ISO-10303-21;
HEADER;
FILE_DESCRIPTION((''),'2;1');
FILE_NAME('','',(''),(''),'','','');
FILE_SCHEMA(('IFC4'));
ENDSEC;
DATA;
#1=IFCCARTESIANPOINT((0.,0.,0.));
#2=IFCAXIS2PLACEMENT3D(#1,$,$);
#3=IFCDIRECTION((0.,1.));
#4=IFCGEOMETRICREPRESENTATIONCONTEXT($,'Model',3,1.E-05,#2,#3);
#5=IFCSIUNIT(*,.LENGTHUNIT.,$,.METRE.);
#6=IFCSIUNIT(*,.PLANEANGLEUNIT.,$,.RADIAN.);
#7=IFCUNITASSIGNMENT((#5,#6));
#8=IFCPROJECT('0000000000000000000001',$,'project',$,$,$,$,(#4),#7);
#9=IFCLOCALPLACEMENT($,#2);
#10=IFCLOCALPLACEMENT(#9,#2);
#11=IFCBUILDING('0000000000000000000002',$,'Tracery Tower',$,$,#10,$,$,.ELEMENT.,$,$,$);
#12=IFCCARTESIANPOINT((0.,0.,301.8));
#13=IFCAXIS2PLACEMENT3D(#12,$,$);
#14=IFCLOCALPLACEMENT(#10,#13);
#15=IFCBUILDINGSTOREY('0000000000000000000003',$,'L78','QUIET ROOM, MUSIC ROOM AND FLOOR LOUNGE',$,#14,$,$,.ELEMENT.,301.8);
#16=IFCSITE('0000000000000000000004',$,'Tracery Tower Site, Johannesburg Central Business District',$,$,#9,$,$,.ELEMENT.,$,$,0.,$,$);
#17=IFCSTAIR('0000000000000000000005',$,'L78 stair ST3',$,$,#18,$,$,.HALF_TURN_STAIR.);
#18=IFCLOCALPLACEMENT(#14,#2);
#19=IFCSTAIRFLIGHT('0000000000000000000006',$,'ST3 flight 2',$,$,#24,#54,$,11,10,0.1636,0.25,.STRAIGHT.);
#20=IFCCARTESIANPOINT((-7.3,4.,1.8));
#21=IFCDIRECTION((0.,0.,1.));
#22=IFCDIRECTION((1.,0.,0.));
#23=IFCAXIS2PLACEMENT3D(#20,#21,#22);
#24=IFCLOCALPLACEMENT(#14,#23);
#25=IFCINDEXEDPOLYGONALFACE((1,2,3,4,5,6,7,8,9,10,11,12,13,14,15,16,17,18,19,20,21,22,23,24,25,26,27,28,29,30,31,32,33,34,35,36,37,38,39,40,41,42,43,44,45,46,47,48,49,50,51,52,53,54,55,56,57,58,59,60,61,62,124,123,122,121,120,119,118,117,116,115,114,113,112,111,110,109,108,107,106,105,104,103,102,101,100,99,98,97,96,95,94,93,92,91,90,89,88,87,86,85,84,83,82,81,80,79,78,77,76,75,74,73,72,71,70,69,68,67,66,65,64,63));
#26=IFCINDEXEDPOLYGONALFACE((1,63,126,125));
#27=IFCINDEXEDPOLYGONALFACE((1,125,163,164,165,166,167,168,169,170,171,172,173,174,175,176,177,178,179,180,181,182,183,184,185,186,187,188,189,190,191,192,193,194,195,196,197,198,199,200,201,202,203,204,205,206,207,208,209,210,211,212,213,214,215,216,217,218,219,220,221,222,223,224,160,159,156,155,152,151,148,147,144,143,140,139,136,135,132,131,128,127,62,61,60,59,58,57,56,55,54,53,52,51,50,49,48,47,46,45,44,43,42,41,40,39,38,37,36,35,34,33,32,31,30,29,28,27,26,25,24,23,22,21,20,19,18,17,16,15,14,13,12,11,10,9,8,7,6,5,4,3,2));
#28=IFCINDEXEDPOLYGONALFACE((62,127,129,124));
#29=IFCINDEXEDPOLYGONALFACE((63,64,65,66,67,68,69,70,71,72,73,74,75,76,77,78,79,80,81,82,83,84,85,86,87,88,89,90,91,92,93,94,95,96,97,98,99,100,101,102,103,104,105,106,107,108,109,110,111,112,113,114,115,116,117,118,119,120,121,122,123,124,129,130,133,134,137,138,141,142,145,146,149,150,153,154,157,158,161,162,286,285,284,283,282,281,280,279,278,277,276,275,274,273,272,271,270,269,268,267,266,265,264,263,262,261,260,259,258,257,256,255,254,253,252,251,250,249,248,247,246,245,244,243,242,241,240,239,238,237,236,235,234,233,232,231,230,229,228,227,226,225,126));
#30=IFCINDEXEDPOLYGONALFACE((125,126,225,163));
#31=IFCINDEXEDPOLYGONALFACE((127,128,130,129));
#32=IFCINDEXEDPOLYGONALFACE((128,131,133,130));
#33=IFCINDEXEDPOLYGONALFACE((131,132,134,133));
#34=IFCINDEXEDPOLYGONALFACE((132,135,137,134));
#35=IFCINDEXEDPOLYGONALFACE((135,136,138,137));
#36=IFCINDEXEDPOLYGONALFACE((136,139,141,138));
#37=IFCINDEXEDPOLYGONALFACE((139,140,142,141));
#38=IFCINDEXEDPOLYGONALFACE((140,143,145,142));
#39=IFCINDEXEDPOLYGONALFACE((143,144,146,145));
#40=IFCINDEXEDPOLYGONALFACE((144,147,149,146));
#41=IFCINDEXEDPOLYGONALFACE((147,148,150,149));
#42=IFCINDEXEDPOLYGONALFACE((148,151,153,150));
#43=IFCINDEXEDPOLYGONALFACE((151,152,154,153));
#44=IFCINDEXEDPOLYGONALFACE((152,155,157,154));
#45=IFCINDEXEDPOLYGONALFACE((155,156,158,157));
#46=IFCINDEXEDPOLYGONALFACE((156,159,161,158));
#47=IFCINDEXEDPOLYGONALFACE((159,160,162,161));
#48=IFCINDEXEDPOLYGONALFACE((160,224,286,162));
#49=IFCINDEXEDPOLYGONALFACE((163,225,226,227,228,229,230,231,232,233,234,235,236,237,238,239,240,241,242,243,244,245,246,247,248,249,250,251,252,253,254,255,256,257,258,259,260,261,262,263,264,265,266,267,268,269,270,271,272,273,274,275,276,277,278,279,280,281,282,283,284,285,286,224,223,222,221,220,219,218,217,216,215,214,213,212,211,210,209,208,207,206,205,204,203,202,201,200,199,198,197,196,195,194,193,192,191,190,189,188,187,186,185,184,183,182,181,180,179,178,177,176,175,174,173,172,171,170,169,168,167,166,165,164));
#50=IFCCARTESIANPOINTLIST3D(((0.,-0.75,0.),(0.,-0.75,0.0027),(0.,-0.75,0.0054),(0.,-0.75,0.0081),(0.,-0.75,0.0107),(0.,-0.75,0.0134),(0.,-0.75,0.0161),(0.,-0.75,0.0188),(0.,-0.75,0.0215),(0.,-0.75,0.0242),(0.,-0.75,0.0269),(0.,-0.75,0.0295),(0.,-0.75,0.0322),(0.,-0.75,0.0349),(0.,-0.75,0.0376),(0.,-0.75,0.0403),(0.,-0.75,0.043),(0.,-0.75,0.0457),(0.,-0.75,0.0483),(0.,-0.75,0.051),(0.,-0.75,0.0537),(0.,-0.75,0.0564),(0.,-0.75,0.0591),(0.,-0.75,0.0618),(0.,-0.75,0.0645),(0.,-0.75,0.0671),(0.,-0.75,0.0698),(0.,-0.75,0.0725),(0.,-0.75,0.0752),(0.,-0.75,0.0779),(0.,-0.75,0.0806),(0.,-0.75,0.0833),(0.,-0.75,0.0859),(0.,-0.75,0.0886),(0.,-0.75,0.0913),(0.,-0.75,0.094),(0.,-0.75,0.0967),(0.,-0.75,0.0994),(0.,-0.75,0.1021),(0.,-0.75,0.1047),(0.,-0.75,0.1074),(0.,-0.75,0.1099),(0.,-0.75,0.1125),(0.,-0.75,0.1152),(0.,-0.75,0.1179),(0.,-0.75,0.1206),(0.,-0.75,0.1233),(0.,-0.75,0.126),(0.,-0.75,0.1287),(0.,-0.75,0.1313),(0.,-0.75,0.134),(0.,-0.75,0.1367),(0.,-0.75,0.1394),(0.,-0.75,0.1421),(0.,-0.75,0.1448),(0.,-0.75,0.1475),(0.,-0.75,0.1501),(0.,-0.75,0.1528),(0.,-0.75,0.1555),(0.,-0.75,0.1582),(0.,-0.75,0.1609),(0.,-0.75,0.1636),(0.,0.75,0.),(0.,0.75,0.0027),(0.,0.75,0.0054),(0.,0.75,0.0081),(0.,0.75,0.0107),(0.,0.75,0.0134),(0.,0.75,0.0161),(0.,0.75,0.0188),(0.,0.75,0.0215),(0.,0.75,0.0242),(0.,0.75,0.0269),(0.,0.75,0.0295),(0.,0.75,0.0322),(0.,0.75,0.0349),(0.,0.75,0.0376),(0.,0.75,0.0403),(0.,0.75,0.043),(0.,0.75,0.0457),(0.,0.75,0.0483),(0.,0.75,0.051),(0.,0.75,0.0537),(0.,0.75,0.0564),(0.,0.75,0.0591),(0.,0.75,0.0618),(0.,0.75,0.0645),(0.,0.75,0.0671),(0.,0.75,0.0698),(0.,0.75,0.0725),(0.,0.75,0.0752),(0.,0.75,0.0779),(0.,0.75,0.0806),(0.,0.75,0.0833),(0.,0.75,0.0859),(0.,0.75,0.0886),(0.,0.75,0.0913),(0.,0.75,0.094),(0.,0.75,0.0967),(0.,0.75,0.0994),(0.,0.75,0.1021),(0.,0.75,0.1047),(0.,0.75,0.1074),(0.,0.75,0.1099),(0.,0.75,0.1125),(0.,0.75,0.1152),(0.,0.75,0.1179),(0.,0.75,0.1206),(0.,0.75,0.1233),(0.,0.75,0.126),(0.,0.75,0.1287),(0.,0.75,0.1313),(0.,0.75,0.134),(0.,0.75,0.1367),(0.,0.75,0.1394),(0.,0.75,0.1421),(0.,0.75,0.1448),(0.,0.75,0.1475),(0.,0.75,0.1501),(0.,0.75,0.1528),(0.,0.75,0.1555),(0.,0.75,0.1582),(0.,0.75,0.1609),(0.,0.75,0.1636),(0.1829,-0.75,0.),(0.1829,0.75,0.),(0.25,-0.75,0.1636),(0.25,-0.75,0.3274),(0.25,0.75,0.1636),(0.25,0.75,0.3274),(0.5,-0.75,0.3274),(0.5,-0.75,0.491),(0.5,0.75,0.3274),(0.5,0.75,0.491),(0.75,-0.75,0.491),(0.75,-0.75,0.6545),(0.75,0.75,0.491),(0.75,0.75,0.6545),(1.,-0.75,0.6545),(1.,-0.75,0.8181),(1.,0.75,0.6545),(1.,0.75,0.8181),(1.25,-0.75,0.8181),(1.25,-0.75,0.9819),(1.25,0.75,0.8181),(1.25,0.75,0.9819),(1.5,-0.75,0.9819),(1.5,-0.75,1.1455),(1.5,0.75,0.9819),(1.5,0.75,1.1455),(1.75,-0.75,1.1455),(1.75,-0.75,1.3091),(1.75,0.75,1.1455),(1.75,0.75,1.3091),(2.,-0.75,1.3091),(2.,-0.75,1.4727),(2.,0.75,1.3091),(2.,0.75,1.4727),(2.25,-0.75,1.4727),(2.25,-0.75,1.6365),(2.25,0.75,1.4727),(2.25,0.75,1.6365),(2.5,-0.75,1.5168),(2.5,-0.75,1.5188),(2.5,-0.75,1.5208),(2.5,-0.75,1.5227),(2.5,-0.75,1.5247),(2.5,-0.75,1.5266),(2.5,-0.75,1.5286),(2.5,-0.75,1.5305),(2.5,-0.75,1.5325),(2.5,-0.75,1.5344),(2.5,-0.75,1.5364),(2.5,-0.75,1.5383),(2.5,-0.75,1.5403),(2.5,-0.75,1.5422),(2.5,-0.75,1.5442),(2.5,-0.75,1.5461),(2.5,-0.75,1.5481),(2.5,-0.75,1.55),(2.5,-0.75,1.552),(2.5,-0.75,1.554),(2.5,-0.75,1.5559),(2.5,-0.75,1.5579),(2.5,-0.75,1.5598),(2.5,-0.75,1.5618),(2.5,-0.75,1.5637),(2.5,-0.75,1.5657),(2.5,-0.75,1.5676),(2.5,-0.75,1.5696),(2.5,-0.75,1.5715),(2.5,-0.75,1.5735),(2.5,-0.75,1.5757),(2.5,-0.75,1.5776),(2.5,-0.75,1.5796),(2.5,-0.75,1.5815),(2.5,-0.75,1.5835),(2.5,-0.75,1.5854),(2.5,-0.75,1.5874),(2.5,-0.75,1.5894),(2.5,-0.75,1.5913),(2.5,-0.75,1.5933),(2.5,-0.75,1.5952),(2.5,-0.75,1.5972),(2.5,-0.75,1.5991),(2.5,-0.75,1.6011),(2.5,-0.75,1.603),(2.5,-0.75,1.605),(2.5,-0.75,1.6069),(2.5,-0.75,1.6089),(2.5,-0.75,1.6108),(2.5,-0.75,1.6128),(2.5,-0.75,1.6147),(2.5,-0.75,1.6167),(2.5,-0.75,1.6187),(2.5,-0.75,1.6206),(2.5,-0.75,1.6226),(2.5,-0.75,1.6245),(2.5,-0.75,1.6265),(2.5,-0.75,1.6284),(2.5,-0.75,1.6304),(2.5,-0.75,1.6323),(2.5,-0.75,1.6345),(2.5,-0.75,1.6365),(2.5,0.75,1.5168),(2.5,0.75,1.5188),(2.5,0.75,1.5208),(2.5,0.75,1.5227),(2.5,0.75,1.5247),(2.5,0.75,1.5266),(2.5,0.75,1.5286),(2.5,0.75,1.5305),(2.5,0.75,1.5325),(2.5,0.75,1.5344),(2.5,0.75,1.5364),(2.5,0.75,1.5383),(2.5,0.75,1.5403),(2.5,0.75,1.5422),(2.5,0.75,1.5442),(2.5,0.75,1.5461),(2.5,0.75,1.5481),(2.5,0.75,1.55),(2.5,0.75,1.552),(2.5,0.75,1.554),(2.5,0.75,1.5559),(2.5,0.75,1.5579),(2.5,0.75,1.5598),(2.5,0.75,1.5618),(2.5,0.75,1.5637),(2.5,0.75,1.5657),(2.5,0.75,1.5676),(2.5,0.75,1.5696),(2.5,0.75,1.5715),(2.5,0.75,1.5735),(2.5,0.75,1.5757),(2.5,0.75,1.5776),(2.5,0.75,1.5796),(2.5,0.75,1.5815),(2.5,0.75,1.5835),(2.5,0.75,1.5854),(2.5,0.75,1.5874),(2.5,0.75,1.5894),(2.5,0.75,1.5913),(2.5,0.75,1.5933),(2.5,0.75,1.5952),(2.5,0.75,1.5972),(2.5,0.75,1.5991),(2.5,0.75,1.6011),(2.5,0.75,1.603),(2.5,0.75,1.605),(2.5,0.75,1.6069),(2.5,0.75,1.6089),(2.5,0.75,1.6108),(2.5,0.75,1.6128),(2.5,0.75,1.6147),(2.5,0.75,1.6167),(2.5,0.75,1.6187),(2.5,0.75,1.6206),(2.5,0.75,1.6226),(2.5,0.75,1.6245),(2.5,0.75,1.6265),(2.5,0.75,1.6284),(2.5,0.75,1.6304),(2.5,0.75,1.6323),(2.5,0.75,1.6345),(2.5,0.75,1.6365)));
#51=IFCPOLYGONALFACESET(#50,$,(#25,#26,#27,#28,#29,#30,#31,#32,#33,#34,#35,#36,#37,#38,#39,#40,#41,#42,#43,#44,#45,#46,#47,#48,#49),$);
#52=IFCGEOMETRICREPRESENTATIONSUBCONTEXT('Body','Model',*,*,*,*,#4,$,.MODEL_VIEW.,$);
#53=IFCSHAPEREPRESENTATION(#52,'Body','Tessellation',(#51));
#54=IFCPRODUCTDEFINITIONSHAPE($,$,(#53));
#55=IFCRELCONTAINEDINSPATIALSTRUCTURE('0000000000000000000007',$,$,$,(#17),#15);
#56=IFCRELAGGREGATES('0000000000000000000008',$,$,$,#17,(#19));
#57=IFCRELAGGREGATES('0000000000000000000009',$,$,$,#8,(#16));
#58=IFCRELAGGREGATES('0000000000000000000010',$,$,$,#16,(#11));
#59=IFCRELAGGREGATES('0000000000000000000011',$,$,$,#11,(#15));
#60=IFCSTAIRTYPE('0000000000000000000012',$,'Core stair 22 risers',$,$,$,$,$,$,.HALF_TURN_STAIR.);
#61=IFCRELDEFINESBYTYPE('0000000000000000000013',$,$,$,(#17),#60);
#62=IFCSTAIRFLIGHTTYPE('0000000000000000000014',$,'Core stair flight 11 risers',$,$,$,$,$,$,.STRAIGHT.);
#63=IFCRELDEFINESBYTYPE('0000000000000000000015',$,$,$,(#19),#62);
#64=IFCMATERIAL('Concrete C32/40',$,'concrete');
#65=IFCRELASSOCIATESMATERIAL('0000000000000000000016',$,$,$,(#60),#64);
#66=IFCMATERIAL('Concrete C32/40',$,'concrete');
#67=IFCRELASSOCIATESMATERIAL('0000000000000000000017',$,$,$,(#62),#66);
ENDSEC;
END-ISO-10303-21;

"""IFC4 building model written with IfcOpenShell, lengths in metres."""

from ifc_helpers import new_model, si_unit, direction, frame, origin, place, context, subcontext, project, spatial, polyline, outline, extrude, material, type_object, element, aggregate, save


model = new_model("IFC4")

# Units and contexts
model_context = context("Model", 3, precision=1e-05, world=origin(), true_north=direction((0.0, 1.0)))
body_context = subcontext(model_context, "Body", "Model", "MODEL_VIEW")
ifc_project = project(units=[si_unit("LENGTHUNIT", "METRE"), si_unit("PLANEANGLEUNIT", "RADIAN")], contexts=[model_context])

# Site, building, storey
site_placement = place(None, origin())
site = spatial("IfcSite", under=ifc_project, at=site_placement, Name="Tracery Tower Site, Johannesburg Central Business District", CompositionType="ELEMENT", RefElevation=0.0)
building_placement = place(site_placement, origin())
building = spatial("IfcBuilding", under=site, at=building_placement, Name="Tracery Tower", CompositionType="ELEMENT")
storey_placement = place(building_placement, frame((0.0, 0.0, 301.8)))
storey = spatial("IfcBuildingStorey", under=building, at=storey_placement, Name="L78", Description="QUIET ROOM, MUSIC ROOM AND FLOOR LOUNGE", CompositionType="ELEMENT", Elevation=301.8)

# Stair, stair flight
ifc_material_1 = material(Name="Concrete C32/40", Category="concrete")
stair_type = type_object("IfcStairType", Name="Core stair 22 risers", PredefinedType="HALF_TURN_STAIR", material=ifc_material_1)
stair_placement = place(storey_placement, origin())
stair = element("IfcStair", 1, at=stair_placement, inside=storey, type_object=stair_type, Name="L78 stair ST3", PredefinedType="HALF_TURN_STAIR")
ifc_material_2 = material(Name="Concrete C32/40", Category="concrete")
stair_flight_type = type_object("IfcStairFlightType", Name="Core stair flight 11 risers", PredefinedType="STRAIGHT", material=ifc_material_2)
stair_flight_1_placement = place(storey_placement, frame((-7.3, 4.0, 1.8), z_axis=(0.0, 0.0, 1.0), x_axis=(1.0, 0.0, 0.0)))
stair_flight_1 = element("IfcStairFlight", 2, at=stair_flight_1_placement, type_object=stair_flight_type, Name="ST3 flight 2", NumberOfRisers=11, NumberOfTreads=10, PredefinedType="STRAIGHT", RiserHeight=0.1636, TreadLength=0.25, context=body_context, shape_type="SweptSolid", body=[
    extrude(outline(polyline([(0.0, 0.0), (0.0, 0.0027), (0.0, 0.0054), (0.0, 0.0081), (0.0, 0.0107), (0.0, 0.0134), (0.0, 0.0161), (0.0, 0.0188), (0.0, 0.0215), (0.0, 0.0242), (0.0, 0.0269), (0.0, 0.0295), (0.0, 0.0322), (0.0, 0.0349), (0.0, 0.0376), (0.0, 0.0403), (0.0, 0.043), (0.0, 0.0457), (0.0, 0.0483), (0.0, 0.051), (0.0, 0.0537), (0.0, 0.0564), (0.0, 0.0591), (0.0, 0.0618), (0.0, 0.0645), (0.0, 0.0671), (0.0, 0.0698), (0.0, 0.0725), (0.0, 0.0752), (0.0, 0.0779), (0.0, 0.0806), (0.0, 0.0833), (0.0, 0.0859), (0.0, 0.0886), (0.0, 0.0913), (0.0, 0.094), (0.0, 0.0967), (0.0, 0.0994), (0.0, 0.1021), (0.0, 0.1047), (0.0, 0.1074), (0.0, 0.1099), (0.0, 0.1125), (0.0, 0.1152), (0.0, 0.1179), (0.0, 0.1206), (0.0, 0.1233), (0.0, 0.126), (0.0, 0.1287), (0.0, 0.1313), (0.0, 0.134), (0.0, 0.1367), (0.0, 0.1394), (0.0, 0.1421), (0.0, 0.1448), (0.0, 0.1475), (0.0, 0.1501), (0.0, 0.1528), (0.0, 0.1555), (0.0, 0.1582), (0.0, 0.1609), (0.0, 0.1636), (0.25, 0.1636), (0.25, 0.3274), (0.5, 0.3274), (0.5, 0.491), (0.75, 0.491), (0.75, 0.6545), (1.0, 0.6545), (1.0, 0.8181), (1.25, 0.8181), (1.25, 0.9819), (1.5, 0.9819), (1.5, 1.1455), (1.75, 1.1455), (1.75, 1.3091), (2.0, 1.3091), (2.0, 1.4727), (2.25, 1.4727), (2.25, 1.6365), (2.5, 1.6365), (2.5, 1.6345), (2.5, 1.6323), (2.5, 1.6304), (2.5, 1.6284), (2.5, 1.6265), (2.5, 1.6245), (2.5, 1.6226), (2.5, 1.6206), (2.5, 1.6187), (2.5, 1.6167), (2.5, 1.6147), (2.5, 1.6128), (2.5, 1.6108), (2.5, 1.6089), (2.5, 1.6069), (2.5, 1.605), (2.5, 1.603), (2.5, 1.6011), (2.5, 1.5991), (2.5, 1.5972), (2.5, 1.5952), (2.5, 1.5933), (2.5, 1.5913), (2.5, 1.5894), (2.5, 1.5874), (2.5, 1.5854), (2.5, 1.5835), (2.5, 1.5815), (2.5, 1.5796), (2.5, 1.5776), (2.5, 1.5757), (2.5, 1.5735), (2.5, 1.5715), (2.5, 1.5696), (2.5, 1.5676), (2.5, 1.5657), (2.5, 1.5637), (2.5, 1.5618), (2.5, 1.5598), (2.5, 1.5579), (2.5, 1.5559), (2.5, 1.554), (2.5, 1.552), (2.5, 1.55), (2.5, 1.5481), (2.5, 1.5461), (2.5, 1.5442), (2.5, 1.5422), (2.5, 1.5403), (2.5, 1.5383), (2.5, 1.5364), (2.5, 1.5344), (2.5, 1.5325), (2.5, 1.5305), (2.5, 1.5286), (2.5, 1.5266), (2.5, 1.5247), (2.5, 1.5227), (2.5, 1.5208), (2.5, 1.5188), (2.5, 1.5168), (0.1829, 0.0), (0.0, 0.0)])), frame((0.0, 0.75, 0.0), z_axis=(0.0, -1.0, 0.0), x_axis=(1.0, 0.0, 0.0)), (0.0, 0.0, 1.0), 1.5),
])
aggregate(stair, [stair_flight_1])

save(model, "model.ifc")
